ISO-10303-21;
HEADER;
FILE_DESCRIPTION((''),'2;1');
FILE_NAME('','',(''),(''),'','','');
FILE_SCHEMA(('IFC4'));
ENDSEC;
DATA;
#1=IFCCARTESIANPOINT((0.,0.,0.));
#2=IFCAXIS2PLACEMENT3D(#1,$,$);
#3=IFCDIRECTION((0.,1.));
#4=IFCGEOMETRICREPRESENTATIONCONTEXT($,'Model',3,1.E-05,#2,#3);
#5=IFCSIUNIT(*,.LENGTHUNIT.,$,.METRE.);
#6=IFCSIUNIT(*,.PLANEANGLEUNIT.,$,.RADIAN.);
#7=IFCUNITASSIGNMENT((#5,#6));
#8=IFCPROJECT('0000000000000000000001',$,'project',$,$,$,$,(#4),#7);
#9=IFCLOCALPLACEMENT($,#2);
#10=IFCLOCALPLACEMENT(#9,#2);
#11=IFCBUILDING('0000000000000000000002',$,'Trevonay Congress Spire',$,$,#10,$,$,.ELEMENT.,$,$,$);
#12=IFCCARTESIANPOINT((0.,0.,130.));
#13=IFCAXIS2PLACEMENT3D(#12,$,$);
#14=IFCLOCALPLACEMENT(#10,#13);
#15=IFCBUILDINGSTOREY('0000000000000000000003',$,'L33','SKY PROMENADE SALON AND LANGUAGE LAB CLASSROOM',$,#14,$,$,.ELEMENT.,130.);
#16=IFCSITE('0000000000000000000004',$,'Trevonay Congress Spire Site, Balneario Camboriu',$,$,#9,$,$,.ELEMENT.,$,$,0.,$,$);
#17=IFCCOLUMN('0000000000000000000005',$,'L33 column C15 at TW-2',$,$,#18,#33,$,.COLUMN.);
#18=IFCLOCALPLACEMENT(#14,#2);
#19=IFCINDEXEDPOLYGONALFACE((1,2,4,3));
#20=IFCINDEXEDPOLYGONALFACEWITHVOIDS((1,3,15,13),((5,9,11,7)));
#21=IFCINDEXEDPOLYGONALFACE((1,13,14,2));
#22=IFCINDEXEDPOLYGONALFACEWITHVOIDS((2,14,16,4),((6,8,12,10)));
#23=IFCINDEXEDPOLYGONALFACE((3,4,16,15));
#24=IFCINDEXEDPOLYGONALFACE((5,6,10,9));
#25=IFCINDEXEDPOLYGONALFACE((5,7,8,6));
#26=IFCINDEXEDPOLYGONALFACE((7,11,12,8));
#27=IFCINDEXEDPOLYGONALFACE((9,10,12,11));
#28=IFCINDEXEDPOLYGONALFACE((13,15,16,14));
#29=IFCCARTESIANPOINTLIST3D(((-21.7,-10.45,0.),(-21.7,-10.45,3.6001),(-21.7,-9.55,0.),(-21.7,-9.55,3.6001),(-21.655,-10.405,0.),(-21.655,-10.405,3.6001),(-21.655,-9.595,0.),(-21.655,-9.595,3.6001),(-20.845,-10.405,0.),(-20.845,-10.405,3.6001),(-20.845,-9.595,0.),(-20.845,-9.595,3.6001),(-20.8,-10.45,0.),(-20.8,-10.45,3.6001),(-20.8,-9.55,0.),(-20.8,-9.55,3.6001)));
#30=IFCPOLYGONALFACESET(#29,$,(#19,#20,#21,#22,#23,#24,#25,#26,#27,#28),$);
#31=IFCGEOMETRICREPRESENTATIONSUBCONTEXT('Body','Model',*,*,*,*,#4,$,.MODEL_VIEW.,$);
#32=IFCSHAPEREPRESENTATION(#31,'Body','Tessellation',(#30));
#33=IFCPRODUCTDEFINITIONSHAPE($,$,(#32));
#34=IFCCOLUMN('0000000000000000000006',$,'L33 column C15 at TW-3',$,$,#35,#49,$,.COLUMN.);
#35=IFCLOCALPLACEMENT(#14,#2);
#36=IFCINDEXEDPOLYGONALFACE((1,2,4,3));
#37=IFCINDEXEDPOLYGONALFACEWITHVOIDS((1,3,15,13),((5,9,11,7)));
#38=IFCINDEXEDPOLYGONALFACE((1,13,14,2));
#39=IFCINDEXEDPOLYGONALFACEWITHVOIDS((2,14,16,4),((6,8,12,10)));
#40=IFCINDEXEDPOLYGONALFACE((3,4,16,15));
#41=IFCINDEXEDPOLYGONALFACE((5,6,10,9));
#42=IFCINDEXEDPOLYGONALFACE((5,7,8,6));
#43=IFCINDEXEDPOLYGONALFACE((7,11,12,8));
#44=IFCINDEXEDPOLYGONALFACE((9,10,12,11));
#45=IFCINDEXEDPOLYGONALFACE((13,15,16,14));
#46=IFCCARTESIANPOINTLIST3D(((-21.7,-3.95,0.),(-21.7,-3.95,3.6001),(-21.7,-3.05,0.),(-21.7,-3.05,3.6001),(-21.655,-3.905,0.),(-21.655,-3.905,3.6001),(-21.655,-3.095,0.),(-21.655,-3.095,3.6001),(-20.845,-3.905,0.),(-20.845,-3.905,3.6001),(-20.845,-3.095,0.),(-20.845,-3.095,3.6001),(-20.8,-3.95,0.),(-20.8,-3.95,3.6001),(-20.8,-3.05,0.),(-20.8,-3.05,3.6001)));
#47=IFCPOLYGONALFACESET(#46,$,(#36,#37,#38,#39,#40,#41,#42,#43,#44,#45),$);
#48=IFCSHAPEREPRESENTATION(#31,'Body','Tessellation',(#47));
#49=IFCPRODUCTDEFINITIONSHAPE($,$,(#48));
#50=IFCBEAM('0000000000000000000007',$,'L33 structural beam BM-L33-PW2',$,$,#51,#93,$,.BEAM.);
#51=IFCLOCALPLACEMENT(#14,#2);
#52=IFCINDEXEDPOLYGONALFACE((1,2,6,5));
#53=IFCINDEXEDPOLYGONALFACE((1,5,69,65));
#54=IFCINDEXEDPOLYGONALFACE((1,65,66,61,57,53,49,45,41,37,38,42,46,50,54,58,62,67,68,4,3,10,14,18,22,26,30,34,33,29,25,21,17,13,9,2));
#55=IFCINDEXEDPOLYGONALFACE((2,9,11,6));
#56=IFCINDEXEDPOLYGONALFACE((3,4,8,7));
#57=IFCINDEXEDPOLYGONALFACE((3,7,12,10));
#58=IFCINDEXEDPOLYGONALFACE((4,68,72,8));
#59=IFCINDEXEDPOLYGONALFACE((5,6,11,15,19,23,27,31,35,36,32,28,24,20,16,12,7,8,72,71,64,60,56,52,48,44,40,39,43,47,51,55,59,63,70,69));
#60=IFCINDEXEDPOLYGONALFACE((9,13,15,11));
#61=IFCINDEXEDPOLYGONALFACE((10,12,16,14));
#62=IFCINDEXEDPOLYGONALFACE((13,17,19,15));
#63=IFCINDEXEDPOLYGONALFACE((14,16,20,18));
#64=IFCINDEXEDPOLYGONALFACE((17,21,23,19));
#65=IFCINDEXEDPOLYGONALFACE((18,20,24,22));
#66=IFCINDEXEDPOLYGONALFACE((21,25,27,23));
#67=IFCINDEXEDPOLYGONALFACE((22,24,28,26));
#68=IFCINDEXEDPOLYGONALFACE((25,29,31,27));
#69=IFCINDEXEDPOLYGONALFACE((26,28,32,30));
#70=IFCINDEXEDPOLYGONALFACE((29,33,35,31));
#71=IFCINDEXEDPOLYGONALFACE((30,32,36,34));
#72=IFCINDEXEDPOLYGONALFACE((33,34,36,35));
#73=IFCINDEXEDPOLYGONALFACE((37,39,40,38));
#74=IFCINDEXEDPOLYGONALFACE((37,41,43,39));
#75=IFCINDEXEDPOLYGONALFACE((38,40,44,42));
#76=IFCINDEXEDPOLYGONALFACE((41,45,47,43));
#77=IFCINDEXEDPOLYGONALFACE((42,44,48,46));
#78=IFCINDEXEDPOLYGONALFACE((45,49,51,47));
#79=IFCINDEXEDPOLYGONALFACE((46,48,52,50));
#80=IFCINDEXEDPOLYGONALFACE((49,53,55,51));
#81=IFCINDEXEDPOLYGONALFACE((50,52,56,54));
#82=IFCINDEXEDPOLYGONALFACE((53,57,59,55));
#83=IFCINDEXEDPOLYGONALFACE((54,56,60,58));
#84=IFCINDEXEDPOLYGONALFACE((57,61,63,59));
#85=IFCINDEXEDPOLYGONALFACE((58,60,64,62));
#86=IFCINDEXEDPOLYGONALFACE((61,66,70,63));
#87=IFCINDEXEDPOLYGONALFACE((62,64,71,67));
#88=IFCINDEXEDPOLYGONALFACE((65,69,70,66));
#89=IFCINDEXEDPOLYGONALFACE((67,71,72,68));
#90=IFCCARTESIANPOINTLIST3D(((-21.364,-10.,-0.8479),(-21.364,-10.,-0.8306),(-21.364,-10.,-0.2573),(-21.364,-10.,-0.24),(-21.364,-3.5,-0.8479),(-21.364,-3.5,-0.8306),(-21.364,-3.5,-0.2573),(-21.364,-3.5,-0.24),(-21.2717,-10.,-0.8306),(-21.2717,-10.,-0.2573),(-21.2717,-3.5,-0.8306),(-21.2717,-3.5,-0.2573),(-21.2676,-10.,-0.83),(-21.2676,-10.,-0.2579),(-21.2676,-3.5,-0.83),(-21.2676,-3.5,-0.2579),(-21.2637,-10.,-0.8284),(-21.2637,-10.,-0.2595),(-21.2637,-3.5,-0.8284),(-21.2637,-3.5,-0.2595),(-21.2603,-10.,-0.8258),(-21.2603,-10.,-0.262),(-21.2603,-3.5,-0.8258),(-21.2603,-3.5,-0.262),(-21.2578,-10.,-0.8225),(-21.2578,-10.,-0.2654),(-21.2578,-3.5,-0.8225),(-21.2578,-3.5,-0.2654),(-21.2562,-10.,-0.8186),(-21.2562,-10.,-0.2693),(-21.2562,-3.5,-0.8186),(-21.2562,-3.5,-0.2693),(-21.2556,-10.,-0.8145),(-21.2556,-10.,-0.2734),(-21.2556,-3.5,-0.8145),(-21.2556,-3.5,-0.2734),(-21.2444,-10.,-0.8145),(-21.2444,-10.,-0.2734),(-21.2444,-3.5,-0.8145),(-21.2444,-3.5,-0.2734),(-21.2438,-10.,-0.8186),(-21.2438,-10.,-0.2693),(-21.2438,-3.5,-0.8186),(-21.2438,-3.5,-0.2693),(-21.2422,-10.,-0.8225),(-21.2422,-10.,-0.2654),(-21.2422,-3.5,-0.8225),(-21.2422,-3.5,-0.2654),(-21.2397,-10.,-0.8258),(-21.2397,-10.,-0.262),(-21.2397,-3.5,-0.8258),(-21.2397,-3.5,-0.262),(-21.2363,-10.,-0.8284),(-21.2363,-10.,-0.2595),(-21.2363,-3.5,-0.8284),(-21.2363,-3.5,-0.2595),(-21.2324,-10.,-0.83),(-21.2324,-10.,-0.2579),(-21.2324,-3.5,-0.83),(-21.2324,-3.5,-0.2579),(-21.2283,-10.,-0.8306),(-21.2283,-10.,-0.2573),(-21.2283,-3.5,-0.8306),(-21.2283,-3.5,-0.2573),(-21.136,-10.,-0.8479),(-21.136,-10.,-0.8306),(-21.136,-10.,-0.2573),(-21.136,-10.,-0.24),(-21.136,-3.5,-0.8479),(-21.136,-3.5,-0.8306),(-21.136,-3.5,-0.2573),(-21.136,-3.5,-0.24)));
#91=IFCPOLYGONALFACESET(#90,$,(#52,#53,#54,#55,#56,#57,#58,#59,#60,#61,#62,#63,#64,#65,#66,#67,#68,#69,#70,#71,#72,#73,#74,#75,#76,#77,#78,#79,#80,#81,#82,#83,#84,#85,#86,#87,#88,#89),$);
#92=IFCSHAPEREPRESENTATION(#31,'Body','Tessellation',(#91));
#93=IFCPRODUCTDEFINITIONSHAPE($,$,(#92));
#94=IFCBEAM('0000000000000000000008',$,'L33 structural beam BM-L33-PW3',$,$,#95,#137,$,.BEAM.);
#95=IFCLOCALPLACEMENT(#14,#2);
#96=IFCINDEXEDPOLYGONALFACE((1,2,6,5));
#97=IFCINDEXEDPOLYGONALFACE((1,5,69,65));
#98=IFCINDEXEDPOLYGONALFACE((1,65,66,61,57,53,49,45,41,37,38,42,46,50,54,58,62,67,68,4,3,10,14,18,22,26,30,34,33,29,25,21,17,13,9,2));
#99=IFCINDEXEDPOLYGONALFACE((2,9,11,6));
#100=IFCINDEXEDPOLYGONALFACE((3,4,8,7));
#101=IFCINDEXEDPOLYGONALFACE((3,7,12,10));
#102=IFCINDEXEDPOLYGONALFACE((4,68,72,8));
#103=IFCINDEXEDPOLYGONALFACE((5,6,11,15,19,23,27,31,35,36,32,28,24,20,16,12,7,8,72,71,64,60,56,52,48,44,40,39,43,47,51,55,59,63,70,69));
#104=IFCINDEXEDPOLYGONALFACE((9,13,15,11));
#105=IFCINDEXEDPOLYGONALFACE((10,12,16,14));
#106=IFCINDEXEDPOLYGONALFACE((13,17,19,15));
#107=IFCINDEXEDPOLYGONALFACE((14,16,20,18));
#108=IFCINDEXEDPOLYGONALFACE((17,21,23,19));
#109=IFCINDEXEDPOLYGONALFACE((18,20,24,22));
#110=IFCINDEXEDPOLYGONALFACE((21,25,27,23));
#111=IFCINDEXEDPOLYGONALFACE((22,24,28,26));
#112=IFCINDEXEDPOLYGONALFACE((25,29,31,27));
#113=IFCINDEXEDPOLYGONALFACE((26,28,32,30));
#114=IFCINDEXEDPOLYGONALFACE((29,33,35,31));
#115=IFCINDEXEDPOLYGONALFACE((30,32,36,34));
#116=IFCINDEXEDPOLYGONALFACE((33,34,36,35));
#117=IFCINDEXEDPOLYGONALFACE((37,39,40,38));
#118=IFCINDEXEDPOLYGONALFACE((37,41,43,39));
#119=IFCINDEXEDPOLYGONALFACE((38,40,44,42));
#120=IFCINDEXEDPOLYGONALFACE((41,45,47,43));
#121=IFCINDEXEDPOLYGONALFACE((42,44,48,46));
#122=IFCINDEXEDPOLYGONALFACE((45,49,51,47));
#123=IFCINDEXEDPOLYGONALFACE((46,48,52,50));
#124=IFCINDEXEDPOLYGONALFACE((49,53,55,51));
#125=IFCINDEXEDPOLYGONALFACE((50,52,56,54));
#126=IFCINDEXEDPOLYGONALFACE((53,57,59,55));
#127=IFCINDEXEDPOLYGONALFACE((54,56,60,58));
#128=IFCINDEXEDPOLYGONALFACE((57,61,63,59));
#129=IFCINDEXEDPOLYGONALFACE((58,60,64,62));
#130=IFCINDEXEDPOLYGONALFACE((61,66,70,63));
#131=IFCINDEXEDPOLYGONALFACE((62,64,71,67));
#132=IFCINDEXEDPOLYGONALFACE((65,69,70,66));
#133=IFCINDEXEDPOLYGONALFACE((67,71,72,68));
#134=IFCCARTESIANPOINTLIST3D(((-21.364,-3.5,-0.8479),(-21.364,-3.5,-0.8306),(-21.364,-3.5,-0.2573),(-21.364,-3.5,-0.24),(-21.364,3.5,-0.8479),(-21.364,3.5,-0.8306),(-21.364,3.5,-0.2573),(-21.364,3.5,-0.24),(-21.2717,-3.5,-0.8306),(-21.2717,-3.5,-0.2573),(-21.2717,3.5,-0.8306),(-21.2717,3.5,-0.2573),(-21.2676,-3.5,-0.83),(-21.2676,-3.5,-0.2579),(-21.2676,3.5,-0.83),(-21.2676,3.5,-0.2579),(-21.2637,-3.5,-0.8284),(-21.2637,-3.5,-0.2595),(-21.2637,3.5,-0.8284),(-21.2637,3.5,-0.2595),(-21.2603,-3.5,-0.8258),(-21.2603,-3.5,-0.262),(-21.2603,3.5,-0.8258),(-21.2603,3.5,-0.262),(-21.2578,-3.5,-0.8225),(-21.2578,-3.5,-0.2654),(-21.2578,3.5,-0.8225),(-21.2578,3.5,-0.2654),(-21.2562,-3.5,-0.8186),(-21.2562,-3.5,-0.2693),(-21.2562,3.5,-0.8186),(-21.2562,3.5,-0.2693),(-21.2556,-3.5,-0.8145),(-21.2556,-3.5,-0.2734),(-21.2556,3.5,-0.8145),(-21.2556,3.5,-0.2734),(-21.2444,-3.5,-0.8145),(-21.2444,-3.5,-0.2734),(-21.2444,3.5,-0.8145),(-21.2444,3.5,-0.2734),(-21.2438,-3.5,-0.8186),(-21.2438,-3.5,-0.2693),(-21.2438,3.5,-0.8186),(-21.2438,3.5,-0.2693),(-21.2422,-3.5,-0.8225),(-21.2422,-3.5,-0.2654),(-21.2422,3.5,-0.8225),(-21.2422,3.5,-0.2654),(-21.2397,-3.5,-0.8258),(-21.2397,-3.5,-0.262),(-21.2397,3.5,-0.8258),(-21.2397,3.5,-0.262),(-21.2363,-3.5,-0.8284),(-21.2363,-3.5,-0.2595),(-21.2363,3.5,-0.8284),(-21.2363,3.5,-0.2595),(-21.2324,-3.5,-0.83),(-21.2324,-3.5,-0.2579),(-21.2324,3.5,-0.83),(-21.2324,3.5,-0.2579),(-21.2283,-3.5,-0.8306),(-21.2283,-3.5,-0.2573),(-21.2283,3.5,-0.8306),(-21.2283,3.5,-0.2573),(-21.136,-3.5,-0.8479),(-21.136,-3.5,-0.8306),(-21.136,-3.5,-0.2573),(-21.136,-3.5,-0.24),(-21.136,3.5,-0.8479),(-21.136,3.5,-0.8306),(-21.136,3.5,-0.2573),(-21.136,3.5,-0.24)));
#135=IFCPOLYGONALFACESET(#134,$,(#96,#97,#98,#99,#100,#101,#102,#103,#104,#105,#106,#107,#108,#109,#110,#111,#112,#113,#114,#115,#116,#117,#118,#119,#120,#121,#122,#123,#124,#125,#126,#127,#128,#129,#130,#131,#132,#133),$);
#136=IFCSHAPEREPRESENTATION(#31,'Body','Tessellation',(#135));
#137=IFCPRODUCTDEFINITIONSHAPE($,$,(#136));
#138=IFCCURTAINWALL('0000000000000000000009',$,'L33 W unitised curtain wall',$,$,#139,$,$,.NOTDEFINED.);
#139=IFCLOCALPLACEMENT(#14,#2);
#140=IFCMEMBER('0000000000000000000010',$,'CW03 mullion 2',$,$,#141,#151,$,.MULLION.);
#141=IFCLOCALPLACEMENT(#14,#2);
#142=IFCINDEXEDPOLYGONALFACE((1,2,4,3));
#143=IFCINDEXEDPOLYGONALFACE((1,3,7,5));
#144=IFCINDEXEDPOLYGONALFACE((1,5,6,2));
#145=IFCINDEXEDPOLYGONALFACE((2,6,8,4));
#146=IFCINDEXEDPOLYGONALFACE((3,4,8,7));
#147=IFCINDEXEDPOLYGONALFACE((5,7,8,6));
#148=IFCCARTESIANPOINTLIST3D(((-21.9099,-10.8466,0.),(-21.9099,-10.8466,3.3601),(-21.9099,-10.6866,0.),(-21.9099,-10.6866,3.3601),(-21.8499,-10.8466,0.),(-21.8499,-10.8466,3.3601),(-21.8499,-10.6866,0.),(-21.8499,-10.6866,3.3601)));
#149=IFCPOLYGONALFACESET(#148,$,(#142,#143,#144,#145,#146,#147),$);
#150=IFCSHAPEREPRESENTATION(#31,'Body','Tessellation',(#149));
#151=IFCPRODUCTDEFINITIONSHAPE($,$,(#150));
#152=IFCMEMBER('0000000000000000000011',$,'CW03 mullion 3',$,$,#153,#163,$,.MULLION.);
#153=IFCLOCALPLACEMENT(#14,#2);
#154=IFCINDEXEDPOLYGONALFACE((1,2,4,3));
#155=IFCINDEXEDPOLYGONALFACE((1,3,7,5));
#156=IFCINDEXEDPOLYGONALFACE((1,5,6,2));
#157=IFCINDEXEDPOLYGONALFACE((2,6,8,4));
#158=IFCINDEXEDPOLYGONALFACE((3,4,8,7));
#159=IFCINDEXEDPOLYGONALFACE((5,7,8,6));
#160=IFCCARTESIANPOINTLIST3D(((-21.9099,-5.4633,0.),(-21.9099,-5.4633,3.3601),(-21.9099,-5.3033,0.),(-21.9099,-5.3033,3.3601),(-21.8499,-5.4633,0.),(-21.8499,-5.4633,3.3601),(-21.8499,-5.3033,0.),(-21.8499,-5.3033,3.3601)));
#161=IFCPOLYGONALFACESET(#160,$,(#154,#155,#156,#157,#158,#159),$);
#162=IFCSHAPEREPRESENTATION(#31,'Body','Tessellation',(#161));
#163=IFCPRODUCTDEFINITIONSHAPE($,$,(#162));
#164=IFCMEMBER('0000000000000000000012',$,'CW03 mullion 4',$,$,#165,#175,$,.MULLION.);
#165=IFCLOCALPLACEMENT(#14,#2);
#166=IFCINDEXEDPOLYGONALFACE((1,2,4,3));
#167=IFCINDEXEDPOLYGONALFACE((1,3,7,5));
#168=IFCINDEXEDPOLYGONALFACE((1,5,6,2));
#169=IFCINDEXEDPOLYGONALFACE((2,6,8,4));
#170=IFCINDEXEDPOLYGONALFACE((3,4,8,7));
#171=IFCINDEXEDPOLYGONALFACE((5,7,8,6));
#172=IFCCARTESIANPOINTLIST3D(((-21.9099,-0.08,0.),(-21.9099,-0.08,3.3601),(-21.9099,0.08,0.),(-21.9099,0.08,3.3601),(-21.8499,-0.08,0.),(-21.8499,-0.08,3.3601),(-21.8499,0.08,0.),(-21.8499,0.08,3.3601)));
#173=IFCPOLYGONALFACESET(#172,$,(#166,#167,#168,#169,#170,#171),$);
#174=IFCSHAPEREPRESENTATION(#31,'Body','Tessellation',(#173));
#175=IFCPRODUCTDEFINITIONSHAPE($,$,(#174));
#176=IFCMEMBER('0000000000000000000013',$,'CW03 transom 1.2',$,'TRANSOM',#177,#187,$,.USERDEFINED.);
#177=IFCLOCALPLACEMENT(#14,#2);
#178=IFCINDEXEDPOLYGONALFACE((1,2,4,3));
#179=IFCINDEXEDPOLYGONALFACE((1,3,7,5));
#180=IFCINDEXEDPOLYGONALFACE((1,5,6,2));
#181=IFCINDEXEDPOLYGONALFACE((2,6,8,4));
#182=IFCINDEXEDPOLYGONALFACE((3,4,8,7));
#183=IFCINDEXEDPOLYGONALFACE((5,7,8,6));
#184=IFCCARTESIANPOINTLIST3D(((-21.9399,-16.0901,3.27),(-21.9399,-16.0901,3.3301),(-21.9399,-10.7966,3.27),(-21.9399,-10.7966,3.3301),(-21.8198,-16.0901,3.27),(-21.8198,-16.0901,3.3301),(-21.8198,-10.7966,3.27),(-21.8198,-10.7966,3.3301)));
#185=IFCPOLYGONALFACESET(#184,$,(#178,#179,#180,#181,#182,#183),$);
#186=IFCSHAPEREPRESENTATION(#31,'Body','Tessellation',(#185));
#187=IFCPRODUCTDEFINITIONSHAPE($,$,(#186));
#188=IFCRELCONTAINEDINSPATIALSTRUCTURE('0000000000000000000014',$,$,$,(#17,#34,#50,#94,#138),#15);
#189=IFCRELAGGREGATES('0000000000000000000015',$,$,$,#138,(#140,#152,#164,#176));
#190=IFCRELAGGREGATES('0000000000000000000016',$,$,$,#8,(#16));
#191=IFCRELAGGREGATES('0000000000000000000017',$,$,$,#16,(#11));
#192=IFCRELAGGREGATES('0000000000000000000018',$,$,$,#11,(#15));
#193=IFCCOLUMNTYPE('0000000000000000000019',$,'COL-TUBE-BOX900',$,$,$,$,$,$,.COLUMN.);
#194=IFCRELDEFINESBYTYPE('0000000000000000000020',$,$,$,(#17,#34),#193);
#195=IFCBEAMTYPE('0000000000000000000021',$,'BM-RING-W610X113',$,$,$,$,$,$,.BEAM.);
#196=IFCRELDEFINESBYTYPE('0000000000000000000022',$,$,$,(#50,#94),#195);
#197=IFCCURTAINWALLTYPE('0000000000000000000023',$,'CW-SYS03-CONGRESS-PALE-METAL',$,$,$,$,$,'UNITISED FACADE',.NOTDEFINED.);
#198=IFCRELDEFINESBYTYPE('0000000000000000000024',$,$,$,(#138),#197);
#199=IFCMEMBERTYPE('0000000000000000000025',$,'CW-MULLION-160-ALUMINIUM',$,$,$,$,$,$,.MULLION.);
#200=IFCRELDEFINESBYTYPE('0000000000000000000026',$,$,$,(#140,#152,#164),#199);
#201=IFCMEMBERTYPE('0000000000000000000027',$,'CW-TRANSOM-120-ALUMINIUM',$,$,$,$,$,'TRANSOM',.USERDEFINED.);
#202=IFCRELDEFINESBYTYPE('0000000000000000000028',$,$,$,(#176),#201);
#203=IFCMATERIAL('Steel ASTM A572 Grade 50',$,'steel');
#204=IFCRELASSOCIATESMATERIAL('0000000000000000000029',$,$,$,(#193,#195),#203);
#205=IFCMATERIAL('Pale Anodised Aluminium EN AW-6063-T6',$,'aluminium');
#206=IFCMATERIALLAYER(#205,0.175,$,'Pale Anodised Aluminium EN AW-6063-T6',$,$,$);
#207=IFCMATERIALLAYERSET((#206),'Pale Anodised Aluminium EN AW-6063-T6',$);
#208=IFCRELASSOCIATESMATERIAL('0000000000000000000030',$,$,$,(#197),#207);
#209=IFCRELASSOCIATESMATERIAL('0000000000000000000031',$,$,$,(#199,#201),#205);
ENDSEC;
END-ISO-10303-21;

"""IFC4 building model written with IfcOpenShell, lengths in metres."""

from ifc_helpers import new_model, si_unit, direction, frame, origin, origin_2d, place, context, subcontext, project, spatial, rectangle, hollow_rectangle, i_section, extrude, material, layer, layer_set, material_profile, profile_set, type_object, element, aggregate, save


model = new_model("IFC4")

# Units and contexts
model_context = context("Model", 3, precision=1e-05, world=origin(), true_north=direction((0.0, 1.0)))
body_context = subcontext(model_context, "Body", "Model", "MODEL_VIEW")
ifc_project = project(units=[si_unit("LENGTHUNIT", "METRE"), si_unit("PLANEANGLEUNIT", "RADIAN")], contexts=[model_context])

# Site, building, storey
site_placement = place(None, origin())
site = spatial("IfcSite", under=ifc_project, at=site_placement, Name="Trevonay Congress Spire Site, Balneario Camboriu", CompositionType="ELEMENT", RefElevation=0.0)
building_placement = place(site_placement, origin())
building = spatial("IfcBuilding", under=site, at=building_placement, Name="Trevonay Congress Spire", CompositionType="ELEMENT")
storey_placement = place(building_placement, frame((0.0, 0.0, 130.0)))
storey = spatial("IfcBuildingStorey", under=building, at=storey_placement, Name="L33", Description="SKY PROMENADE SALON AND LANGUAGE LAB CLASSROOM", CompositionType="ELEMENT", Elevation=130.0)

# Columns
ifc_material_1 = material(Name="Steel ASTM A572 Grade 50", Category="steel")
ifc_material_profile_1 = material_profile(ifc_material_1, hollow_rectangle(XDim=0.8999, YDim=0.8999, WallThickness=0.0449, at=origin_2d()), Name="BOX 900x900x45")
ifc_profile_set_1 = profile_set([ifc_material_profile_1], Name="Steel ASTM A572 Grade 50")
column_type = type_object("IfcColumnType", Name="COL-TUBE-BOX900", PredefinedType="COLUMN", material=ifc_profile_set_1)
for number, where, z_axis, x_axis, name in (
    (1, (-21.25, -10.0, 0.0), (0.0, 0.0, 1.0), (1.0, 0.0, 0.0), "L33 column C15 at TW-2"),
    (2, (-21.25, -3.5, 0.0), (0.0, 0.0, 1.0), (1.0, 0.0, 0.0), "L33 column C15 at TW-3"),
):
    element("IfcColumn", number, at=place(storey_placement, frame(where, z_axis=z_axis, x_axis=x_axis)), inside=storey, type_object=column_type, Name=name, PredefinedType="COLUMN", context=body_context, shape_type="SweptSolid", body=[
        extrude(hollow_rectangle(XDim=0.8999, YDim=0.8999, WallThickness=0.0449, at=origin_2d()), origin(), (0.0, 0.0, 1.0), 3.6001),
    ])

# Beams
ifc_material_profile_2 = material_profile(ifc_material_1, i_section(OverallWidth=0.228, OverallDepth=0.6079, WebThickness=0.0112, FlangeThickness=0.0173, FilletRadius=0.0161, at=origin_2d()), Name="W610x113")
ifc_profile_set_2 = profile_set([ifc_material_profile_2], Name="Steel ASTM A572 Grade 50")
beam_type_1 = type_object("IfcBeamType", Name="BM-RING-W610X113", PredefinedType="BEAM", material=ifc_profile_set_2)
beam_1_placement = place(storey_placement, frame((-21.25, -10.0, -0.5439), z_axis=(0.0, 1.0, 0.0), x_axis=(-1.0, 0.0, 0.0)))
element("IfcBeam", 3, at=beam_1_placement, inside=storey, type_object=beam_type_1, Name="L33 structural beam BM-L33-PW2", PredefinedType="BEAM", context=body_context, shape_type="SweptSolid", body=[
    extrude(i_section(OverallWidth=0.228, OverallDepth=0.6079, WebThickness=0.0112, FlangeThickness=0.0173, FilletRadius=0.0161, at=origin_2d()), origin(), (0.0, 0.0, 1.0), 6.5),
])
beam_2_placement = place(storey_placement, frame((-21.25, -3.5, -0.5439), z_axis=(0.0, 1.0, 0.0), x_axis=(-1.0, 0.0, 0.0)))
element("IfcBeam", 4, at=beam_2_placement, inside=storey, type_object=beam_type_1, Name="L33 structural beam BM-L33-PW3", PredefinedType="BEAM", context=body_context, shape_type="SweptSolid", body=[
    extrude(i_section(OverallWidth=0.228, OverallDepth=0.6079, WebThickness=0.0112, FlangeThickness=0.0173, FilletRadius=0.0161, at=origin_2d()), origin(), (0.0, 0.0, 1.0), 7.0),
])

# Curtain wall, members
ifc_material_2 = material(Name="Pale Anodised Aluminium EN AW-6063-T6", Category="aluminium")
ifc_layer_1 = layer(ifc_material_2, 0.175, Name="Pale Anodised Aluminium EN AW-6063-T6")
ifc_layer_set_1 = layer_set([ifc_layer_1], Name="Pale Anodised Aluminium EN AW-6063-T6")
curtain_wall_type = type_object("IfcCurtainWallType", Name="CW-SYS03-CONGRESS-PALE-METAL", ElementType="UNITISED FACADE", PredefinedType="NOTDEFINED", material=ifc_layer_set_1)
curtain_wall_placement = place(storey_placement, origin())
curtain_wall = element("IfcCurtainWall", 5, at=curtain_wall_placement, inside=storey, type_object=curtain_wall_type, Name="L33 W unitised curtain wall", PredefinedType="NOTDEFINED")
ifc_material_profile_3 = material_profile(ifc_material_2, rectangle(XDim=0.0601, YDim=0.1599, at=origin_2d()), Name="CW-MULLION-160-ALUMINIUM")
ifc_profile_set_3 = profile_set([ifc_material_profile_3], Name="Pale Anodised Aluminium EN AW-6063-T6")
member_type_1 = type_object("IfcMemberType", Name="CW-MULLION-160-ALUMINIUM", PredefinedType="MULLION", material=ifc_profile_set_3)
member_1_placement = place(storey_placement, frame((-21.8799, -10.7666, 0.0), z_axis=(0.0, 0.0, 1.0), x_axis=(-1.0, 0.0, 0.0)))
member_1 = element("IfcMember", 6, at=member_1_placement, type_object=member_type_1, Name="CW03 mullion 2", PredefinedType="MULLION", context=body_context, shape_type="SweptSolid", body=[
    extrude(rectangle(XDim=0.0601, YDim=0.1599, at=origin_2d()), origin(), (0.0, 0.0, 1.0), 3.3601),
])
member_2_placement = place(storey_placement, frame((-21.8799, -5.3833, 0.0), z_axis=(0.0, 0.0, 1.0), x_axis=(-1.0, 0.0, 0.0)))
member_2 = element("IfcMember", 7, at=member_2_placement, type_object=member_type_1, Name="CW03 mullion 3", PredefinedType="MULLION", context=body_context, shape_type="SweptSolid", body=[
    extrude(rectangle(XDim=0.0601, YDim=0.1599, at=origin_2d()), origin(), (0.0, 0.0, 1.0), 3.3601),
])
member_3_placement = place(storey_placement, frame((-21.8799, 0.0, 0.0), z_axis=(0.0, 0.0, 1.0), x_axis=(-1.0, 0.0, 0.0)))
member_3 = element("IfcMember", 8, at=member_3_placement, type_object=member_type_1, Name="CW03 mullion 4", PredefinedType="MULLION", context=body_context, shape_type="SweptSolid", body=[
    extrude(rectangle(XDim=0.0601, YDim=0.1599, at=origin_2d()), origin(), (0.0, 0.0, 1.0), 3.3601),
])
ifc_material_profile_4 = material_profile(ifc_material_2, rectangle(XDim=0.1201, YDim=0.0601, at=origin_2d()), Name="CW-TRANSOM-120-ALUMINIUM")
ifc_profile_set_4 = profile_set([ifc_material_profile_4], Name="Pale Anodised Aluminium EN AW-6063-T6")
member_type_2 = type_object("IfcMemberType", Name="CW-TRANSOM-120-ALUMINIUM", ElementType="TRANSOM", PredefinedType="USERDEFINED", material=ifc_profile_set_4)
member_4_placement = place(storey_placement, frame((-21.8799, -16.0901, 3.3), z_axis=(0.0, 1.0, 0.0), x_axis=(-1.0, 0.0, 0.0)))
member_4 = element("IfcMember", 9, at=member_4_placement, type_object=member_type_2, Name="CW03 transom 1.2", ObjectType="TRANSOM", PredefinedType="USERDEFINED", context=body_context, shape_type="SweptSolid", body=[
    extrude(rectangle(XDim=0.1201, YDim=0.0601, at=origin_2d()), origin(), (0.0, 0.0, 1.0), 5.2935),
])

aggregate(curtain_wall, [member_1, member_2, member_3, member_4])

save(model, "model.ifc")
